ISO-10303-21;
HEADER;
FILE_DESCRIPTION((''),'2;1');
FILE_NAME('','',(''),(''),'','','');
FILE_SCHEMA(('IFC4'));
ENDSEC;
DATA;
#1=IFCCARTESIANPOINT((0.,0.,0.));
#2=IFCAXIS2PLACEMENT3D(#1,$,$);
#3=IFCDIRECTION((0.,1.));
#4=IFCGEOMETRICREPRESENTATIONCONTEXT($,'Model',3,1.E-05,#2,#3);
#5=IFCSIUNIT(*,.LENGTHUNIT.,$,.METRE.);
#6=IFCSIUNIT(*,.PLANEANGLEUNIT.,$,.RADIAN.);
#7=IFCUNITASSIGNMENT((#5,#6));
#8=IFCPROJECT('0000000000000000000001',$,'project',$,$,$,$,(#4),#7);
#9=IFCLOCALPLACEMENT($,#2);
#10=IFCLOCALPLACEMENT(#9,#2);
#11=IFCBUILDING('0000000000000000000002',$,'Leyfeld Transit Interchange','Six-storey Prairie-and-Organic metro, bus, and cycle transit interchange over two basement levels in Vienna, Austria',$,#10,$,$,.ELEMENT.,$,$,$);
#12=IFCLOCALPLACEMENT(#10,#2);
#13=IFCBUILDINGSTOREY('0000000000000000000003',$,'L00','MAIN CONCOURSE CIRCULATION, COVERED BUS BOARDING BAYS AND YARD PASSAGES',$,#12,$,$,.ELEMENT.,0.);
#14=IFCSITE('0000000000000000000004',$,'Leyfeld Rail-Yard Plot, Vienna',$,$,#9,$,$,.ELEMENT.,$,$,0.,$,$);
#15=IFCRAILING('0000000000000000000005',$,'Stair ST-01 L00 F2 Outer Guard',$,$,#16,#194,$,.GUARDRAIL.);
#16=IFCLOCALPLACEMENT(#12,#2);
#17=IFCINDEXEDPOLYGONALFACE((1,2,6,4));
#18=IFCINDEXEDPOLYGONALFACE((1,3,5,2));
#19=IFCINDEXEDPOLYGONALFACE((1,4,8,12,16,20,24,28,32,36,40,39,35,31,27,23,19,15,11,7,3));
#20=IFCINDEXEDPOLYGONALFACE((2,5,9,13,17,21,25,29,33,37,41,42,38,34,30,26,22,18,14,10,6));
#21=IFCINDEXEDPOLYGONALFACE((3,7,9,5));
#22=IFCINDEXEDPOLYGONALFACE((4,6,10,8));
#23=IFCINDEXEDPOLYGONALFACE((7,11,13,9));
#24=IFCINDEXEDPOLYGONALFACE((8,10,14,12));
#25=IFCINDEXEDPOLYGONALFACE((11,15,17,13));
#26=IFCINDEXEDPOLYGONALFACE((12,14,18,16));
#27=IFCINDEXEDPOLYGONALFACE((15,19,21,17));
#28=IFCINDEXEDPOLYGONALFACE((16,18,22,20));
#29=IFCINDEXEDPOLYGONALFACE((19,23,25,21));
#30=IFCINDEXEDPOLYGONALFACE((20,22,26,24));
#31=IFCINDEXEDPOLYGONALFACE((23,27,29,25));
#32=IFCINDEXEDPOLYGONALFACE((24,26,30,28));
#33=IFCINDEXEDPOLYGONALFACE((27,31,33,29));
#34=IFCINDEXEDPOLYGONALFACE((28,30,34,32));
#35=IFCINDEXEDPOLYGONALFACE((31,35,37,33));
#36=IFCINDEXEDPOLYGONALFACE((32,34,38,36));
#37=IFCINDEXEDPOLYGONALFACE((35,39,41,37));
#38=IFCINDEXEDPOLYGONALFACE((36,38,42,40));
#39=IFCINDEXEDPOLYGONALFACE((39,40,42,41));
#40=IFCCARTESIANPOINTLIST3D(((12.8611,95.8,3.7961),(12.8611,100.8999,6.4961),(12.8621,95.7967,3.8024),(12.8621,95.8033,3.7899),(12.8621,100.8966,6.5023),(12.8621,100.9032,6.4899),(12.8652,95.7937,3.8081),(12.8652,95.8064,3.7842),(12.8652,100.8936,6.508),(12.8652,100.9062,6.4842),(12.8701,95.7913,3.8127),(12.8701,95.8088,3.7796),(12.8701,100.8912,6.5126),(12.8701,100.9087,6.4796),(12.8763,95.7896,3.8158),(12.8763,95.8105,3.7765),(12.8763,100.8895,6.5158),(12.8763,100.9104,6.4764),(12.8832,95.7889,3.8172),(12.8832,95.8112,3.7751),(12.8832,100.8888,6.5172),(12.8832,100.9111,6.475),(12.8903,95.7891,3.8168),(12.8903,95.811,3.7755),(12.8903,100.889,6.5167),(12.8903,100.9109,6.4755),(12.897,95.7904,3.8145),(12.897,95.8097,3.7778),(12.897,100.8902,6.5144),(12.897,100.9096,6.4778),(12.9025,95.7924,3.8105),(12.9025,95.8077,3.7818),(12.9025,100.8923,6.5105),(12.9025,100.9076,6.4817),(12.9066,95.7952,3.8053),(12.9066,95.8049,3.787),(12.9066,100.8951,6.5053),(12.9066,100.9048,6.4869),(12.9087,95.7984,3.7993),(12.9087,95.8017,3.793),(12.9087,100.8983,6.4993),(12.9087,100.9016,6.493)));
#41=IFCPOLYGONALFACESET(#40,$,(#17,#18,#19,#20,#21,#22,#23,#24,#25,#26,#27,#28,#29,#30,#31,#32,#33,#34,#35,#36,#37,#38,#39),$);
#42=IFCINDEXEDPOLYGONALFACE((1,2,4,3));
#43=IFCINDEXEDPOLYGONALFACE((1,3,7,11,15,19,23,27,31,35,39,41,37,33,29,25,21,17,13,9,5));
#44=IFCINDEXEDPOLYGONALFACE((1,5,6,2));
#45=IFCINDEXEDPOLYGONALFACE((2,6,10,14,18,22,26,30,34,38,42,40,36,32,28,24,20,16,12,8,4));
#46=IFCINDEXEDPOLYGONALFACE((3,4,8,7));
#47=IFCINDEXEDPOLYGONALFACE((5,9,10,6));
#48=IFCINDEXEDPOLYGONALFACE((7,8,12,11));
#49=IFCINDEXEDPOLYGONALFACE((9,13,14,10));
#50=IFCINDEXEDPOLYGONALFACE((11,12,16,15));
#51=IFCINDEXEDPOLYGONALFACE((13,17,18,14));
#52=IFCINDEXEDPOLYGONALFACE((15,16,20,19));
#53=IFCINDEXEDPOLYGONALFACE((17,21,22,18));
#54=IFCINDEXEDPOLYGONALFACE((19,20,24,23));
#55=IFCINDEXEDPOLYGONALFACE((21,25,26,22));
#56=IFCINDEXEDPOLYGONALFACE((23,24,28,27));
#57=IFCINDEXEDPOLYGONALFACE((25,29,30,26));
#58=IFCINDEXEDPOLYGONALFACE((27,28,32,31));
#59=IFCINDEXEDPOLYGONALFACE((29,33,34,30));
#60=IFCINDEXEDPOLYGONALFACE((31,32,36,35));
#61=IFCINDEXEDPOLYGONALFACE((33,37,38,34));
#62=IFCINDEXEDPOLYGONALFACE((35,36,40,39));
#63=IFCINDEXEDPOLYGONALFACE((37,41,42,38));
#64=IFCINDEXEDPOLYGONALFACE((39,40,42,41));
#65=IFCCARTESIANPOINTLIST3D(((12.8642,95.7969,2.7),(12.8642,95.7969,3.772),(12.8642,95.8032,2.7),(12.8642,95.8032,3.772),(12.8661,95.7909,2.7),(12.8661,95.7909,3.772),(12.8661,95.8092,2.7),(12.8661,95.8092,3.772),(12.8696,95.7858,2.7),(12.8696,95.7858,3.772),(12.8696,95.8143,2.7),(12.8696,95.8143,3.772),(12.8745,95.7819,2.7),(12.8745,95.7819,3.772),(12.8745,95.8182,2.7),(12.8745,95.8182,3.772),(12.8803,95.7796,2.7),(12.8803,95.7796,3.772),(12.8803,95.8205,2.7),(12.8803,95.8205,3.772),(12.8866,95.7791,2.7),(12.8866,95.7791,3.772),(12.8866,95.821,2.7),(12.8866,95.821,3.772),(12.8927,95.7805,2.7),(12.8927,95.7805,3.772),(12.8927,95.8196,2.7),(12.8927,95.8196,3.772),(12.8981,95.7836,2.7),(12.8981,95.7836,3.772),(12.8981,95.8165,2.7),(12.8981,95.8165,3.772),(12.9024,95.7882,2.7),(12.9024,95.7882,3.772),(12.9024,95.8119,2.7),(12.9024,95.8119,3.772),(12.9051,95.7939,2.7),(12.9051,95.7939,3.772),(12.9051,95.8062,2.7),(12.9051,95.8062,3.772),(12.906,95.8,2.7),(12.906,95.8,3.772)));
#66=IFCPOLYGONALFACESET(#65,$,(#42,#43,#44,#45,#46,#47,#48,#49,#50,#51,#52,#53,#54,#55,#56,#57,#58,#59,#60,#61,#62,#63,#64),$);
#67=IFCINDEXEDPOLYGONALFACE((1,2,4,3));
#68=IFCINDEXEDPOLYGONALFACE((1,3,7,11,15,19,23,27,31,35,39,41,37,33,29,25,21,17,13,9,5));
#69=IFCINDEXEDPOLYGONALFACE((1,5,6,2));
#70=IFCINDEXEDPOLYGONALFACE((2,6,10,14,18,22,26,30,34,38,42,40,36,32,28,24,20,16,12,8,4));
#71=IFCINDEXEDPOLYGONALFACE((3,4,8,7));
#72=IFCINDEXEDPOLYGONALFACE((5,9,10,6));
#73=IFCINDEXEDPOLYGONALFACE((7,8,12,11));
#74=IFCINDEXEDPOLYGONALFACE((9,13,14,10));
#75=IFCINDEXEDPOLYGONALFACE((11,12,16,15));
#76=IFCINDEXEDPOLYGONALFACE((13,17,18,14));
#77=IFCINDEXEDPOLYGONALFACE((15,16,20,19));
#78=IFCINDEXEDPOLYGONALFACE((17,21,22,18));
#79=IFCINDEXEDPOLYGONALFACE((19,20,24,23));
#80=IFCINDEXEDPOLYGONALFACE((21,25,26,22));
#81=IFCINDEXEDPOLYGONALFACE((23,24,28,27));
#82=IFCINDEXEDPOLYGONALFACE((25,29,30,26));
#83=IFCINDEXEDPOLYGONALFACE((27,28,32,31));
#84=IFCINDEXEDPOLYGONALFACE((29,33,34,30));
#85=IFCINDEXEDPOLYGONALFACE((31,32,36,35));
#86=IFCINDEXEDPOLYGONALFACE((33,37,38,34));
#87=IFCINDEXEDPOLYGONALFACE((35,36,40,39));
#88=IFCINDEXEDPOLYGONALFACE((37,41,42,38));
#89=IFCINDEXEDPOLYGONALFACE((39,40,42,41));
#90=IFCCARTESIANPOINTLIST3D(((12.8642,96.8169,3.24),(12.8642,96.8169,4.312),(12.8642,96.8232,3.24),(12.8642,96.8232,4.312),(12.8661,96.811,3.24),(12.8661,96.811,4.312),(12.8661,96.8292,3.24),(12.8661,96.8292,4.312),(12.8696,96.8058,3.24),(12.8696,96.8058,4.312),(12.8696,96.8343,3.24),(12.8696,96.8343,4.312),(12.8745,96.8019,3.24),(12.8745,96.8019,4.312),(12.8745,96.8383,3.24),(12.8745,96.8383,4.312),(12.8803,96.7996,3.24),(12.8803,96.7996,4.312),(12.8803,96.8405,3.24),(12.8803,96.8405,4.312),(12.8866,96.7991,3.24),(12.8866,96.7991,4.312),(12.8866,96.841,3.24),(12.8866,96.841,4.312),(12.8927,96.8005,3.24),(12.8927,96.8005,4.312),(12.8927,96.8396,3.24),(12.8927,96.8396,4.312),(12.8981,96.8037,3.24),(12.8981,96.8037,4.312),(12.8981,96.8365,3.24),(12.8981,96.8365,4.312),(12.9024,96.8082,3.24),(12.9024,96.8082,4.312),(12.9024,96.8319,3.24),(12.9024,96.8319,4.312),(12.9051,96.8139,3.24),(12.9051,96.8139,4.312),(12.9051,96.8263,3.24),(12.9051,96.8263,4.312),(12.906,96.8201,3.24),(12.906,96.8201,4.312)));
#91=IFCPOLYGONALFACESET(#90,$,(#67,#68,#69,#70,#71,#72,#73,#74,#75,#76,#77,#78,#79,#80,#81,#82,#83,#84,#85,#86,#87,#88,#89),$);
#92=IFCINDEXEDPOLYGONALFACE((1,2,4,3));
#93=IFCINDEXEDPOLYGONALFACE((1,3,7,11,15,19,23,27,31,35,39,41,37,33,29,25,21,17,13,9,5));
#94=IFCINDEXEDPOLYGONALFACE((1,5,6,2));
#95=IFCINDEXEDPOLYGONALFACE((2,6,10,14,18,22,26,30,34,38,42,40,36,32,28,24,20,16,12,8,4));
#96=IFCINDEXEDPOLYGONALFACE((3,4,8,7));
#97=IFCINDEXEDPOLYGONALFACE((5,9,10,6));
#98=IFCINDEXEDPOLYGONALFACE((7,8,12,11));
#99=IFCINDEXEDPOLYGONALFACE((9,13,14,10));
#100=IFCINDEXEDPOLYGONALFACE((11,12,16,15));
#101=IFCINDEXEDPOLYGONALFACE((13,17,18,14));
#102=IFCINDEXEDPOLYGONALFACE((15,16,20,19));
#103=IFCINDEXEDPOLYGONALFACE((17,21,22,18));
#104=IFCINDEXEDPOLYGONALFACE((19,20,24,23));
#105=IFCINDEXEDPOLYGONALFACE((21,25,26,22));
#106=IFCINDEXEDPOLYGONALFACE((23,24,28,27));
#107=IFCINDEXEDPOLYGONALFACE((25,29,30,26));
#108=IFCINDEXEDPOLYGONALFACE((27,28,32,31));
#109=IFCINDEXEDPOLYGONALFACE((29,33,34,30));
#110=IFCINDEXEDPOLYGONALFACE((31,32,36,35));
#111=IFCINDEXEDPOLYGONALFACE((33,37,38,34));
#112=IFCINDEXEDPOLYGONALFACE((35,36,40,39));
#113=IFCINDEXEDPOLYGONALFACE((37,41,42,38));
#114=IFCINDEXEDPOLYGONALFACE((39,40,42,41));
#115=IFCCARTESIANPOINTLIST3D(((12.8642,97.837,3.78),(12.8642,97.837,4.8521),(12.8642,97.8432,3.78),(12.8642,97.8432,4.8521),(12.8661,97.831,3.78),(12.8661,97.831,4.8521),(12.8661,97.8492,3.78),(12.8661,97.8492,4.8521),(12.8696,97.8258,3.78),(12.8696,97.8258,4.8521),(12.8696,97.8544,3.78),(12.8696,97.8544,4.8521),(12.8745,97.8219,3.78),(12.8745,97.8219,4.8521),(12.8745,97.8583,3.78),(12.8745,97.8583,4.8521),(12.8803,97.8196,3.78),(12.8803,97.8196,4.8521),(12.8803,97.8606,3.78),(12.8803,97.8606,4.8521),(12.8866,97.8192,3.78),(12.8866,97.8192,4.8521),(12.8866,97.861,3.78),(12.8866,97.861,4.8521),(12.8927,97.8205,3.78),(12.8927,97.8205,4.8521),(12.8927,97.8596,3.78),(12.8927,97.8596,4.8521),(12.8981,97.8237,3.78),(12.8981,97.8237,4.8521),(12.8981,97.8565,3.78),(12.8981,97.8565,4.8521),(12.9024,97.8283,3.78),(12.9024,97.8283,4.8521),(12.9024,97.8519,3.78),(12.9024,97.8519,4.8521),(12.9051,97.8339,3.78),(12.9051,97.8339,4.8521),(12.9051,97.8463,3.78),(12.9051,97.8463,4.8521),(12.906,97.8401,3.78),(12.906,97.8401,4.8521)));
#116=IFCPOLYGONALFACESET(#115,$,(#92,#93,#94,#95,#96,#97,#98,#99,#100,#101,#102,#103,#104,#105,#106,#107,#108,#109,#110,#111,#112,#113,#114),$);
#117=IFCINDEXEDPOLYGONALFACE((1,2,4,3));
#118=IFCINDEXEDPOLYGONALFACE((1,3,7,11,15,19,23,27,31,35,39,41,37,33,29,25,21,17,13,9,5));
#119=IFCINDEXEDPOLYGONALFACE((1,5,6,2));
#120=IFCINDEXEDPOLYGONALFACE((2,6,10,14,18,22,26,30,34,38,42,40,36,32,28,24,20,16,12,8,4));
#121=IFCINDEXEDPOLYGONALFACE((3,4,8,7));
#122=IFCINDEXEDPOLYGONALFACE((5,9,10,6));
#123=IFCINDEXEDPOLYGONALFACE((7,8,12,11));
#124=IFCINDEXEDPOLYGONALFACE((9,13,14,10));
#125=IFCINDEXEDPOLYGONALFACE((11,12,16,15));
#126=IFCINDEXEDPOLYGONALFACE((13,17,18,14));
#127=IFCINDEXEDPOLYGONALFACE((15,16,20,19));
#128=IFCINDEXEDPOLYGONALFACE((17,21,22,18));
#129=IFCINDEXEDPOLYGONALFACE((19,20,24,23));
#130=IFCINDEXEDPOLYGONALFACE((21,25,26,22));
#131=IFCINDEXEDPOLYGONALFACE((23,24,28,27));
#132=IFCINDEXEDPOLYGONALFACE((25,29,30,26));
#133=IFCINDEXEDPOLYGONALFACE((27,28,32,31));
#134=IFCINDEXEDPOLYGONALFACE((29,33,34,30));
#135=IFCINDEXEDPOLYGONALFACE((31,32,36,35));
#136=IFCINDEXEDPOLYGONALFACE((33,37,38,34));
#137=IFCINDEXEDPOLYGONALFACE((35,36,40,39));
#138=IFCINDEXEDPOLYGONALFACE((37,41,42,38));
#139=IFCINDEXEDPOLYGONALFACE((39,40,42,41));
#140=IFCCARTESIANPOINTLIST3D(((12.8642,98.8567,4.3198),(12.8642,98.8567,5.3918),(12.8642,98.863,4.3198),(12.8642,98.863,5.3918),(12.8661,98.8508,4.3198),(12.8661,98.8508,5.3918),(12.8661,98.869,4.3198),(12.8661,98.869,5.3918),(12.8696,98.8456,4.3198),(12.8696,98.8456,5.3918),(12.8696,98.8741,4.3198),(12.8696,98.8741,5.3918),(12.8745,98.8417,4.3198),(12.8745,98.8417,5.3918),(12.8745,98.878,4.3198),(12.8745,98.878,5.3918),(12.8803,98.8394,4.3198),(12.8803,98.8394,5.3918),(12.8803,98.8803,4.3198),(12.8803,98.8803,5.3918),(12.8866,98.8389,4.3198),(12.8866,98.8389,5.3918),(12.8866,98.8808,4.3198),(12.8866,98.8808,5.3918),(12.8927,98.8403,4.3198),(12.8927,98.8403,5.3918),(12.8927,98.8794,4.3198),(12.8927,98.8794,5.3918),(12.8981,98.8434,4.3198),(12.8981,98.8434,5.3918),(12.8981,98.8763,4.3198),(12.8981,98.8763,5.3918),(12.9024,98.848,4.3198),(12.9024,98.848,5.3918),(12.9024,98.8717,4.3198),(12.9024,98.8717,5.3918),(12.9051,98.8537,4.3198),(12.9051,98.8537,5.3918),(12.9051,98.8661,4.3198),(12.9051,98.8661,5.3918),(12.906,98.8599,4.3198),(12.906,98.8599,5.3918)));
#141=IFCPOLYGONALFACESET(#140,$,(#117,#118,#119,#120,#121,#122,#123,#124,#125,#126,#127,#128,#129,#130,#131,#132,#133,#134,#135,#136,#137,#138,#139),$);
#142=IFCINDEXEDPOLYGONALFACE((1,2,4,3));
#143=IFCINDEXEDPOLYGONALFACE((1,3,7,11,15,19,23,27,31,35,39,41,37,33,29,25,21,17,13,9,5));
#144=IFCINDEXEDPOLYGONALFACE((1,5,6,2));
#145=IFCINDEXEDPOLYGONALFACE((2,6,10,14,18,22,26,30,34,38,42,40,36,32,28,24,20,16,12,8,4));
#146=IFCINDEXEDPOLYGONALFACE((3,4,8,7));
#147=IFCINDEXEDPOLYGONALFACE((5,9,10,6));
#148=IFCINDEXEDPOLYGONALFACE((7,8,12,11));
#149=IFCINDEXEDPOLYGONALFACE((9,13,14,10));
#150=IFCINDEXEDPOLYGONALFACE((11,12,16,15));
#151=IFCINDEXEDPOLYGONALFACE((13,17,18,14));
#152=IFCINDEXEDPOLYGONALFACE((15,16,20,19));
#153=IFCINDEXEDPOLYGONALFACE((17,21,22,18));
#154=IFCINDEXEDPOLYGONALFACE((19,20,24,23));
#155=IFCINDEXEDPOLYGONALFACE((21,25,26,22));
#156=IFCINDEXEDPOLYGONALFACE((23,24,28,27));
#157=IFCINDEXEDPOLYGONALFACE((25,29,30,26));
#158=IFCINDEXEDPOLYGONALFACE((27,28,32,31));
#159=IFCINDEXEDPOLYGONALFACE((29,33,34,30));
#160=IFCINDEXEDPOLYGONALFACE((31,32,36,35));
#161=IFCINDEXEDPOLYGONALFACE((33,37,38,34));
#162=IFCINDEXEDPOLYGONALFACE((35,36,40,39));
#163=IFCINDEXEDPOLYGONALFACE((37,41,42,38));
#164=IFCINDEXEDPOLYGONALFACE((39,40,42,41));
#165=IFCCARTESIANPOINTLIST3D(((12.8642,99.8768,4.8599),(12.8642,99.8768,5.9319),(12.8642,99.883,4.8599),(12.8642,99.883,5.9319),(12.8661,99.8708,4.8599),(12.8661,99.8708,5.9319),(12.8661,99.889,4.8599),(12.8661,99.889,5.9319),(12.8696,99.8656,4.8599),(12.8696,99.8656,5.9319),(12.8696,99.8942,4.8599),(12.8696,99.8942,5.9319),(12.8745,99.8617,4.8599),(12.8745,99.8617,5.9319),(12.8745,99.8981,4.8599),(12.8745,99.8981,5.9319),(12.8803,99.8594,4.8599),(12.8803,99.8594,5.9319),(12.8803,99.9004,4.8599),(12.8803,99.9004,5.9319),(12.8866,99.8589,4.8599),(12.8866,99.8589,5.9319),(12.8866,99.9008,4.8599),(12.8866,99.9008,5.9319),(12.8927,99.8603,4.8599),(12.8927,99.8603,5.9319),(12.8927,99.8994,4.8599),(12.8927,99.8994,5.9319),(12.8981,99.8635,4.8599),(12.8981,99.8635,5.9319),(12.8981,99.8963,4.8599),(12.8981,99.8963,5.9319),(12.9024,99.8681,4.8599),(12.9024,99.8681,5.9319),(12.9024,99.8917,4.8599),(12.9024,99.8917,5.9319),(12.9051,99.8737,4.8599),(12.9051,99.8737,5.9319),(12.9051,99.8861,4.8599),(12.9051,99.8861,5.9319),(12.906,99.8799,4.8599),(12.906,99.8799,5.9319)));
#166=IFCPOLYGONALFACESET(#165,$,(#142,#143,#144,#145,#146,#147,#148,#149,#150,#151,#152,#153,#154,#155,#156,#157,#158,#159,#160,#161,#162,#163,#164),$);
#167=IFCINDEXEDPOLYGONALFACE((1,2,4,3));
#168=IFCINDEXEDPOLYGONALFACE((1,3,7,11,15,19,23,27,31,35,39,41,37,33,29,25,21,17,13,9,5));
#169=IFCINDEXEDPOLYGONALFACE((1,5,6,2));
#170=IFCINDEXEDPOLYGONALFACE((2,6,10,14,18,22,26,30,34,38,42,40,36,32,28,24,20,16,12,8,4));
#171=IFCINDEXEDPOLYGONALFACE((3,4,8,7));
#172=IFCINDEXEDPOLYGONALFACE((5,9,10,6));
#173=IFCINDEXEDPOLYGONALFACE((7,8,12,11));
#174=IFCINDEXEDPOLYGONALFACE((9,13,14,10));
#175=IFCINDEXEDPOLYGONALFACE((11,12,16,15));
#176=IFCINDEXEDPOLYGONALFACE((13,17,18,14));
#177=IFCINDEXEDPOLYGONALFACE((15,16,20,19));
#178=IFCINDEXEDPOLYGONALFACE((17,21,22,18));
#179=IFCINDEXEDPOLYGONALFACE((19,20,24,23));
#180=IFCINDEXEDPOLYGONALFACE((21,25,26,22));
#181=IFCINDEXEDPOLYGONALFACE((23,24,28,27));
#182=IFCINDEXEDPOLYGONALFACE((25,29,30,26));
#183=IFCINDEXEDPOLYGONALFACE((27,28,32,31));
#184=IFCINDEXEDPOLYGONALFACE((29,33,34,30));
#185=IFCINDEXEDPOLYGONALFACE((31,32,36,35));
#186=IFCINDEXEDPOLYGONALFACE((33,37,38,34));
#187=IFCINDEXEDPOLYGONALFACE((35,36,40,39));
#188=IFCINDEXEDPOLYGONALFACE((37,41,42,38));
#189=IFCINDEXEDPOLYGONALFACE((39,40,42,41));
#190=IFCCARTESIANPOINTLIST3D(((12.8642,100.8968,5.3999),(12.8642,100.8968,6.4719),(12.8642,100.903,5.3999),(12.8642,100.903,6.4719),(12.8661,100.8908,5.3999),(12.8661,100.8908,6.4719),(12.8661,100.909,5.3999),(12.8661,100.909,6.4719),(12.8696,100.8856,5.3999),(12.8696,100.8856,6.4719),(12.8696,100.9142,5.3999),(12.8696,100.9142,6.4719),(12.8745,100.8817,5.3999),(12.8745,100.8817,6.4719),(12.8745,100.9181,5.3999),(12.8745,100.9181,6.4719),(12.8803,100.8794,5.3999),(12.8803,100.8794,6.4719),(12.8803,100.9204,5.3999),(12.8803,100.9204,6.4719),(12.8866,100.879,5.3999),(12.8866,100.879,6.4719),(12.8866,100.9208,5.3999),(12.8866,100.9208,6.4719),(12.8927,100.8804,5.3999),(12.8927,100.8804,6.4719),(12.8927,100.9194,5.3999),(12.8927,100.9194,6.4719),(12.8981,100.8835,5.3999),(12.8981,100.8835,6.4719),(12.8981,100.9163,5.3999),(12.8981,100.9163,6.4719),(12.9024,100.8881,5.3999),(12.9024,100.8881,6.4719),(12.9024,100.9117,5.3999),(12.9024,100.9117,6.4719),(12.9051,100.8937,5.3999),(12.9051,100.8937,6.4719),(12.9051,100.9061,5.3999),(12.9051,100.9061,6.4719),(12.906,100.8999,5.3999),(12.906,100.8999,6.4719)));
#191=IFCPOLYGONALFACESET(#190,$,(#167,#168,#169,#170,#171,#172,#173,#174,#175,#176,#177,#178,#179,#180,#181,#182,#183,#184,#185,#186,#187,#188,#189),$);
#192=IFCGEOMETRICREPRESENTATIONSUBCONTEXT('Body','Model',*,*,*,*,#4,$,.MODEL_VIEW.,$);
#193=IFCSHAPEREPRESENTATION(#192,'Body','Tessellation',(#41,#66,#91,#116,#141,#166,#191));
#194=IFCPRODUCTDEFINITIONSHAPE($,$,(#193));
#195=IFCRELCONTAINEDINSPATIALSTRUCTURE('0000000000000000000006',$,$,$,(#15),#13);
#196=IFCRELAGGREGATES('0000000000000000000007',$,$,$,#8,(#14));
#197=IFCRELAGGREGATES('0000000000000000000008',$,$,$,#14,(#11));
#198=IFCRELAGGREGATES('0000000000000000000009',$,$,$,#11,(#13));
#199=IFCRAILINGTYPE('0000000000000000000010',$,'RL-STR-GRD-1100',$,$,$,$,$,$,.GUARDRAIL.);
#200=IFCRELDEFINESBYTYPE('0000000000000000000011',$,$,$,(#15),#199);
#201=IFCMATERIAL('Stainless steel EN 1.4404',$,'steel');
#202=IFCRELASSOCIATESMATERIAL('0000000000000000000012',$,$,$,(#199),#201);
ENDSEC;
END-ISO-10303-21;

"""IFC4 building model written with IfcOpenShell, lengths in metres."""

from ifc_helpers import new_model, si_unit, direction, frame, origin, origin_2d, place, context, subcontext, project, spatial, circle, extrude, material, type_object, element, save


model = new_model("IFC4")

# Units and contexts
model_context = context("Model", 3, precision=1e-05, world=origin(), true_north=direction((0.0, 1.0)))
body_context = subcontext(model_context, "Body", "Model", "MODEL_VIEW")
ifc_project = project(units=[si_unit("LENGTHUNIT", "METRE"), si_unit("PLANEANGLEUNIT", "RADIAN")], contexts=[model_context])

# Site, building, storey
site_placement = place(None, origin())
site = spatial("IfcSite", under=ifc_project, at=site_placement, Name="Leyfeld Rail-Yard Plot, Vienna", CompositionType="ELEMENT", RefElevation=0.0)
building_placement = place(site_placement, origin())
building = spatial("IfcBuilding", under=site, at=building_placement, Name="Leyfeld Transit Interchange", Description="Six-storey Prairie-and-Organic metro, bus, and cycle transit interchange over two basement levels in Vienna, Austria", CompositionType="ELEMENT")
storey_placement = place(building_placement, origin())
storey = spatial("IfcBuildingStorey", under=building, at=storey_placement, Name="L00", Description="MAIN CONCOURSE CIRCULATION, COVERED BUS BOARDING BAYS AND YARD PASSAGES", CompositionType="ELEMENT", Elevation=0.0)

# Railing
ifc_material_1 = material(Name="Stainless steel EN 1.4404", Category="steel")
railing_type_1 = type_object("IfcRailingType", Name="RL-STR-GRD-1100", PredefinedType="GUARDRAIL", material=ifc_material_1)
for number, where, name in (
    (1, (12.885, 95.8, 2.7), "Stair ST-01 L00 F2 Outer Guard"),
):
    element("IfcRailing", number, at=place(storey_placement, frame(where)), inside=storey, type_object=railing_type_1, Name=name, PredefinedType="GUARDRAIL", context=body_context, shape_type="SweptSolid", body=[
        extrude(circle(Radius=0.0239, at=origin_2d()), frame((0.0, 0.0, 1.0962), z_axis=(0.0, 0.883786, 0.467892), x_axis=(-1.0, 0.0, 0.0)), (0.0, 0.0, 1.0), 5.7705),
        extrude(circle(Radius=0.021, at=origin_2d()), origin(), (0.0, 0.0, 1.0), 1.072),
        extrude(circle(Radius=0.021, at=origin_2d()), frame((0.0, 1.02, 0.54)), (0.0, 0.0, 1.0), 1.072),
        extrude(circle(Radius=0.021, at=origin_2d()), frame((0.0, 2.04, 1.0801)), (0.0, 0.0, 1.0), 1.072),
        extrude(circle(Radius=0.021, at=origin_2d()), frame((0.0, 3.0598, 1.6199)), (0.0, 0.0, 1.0), 1.072),
        extrude(circle(Radius=0.021, at=origin_2d()), frame((0.0, 4.0798, 2.1599)), (0.0, 0.0, 1.0), 1.072),
        extrude(circle(Radius=0.021, at=origin_2d()), frame((0.0, 5.0999, 2.7)), (0.0, 0.0, 1.0), 1.072),
    ])

save(model, "model.ifc")
